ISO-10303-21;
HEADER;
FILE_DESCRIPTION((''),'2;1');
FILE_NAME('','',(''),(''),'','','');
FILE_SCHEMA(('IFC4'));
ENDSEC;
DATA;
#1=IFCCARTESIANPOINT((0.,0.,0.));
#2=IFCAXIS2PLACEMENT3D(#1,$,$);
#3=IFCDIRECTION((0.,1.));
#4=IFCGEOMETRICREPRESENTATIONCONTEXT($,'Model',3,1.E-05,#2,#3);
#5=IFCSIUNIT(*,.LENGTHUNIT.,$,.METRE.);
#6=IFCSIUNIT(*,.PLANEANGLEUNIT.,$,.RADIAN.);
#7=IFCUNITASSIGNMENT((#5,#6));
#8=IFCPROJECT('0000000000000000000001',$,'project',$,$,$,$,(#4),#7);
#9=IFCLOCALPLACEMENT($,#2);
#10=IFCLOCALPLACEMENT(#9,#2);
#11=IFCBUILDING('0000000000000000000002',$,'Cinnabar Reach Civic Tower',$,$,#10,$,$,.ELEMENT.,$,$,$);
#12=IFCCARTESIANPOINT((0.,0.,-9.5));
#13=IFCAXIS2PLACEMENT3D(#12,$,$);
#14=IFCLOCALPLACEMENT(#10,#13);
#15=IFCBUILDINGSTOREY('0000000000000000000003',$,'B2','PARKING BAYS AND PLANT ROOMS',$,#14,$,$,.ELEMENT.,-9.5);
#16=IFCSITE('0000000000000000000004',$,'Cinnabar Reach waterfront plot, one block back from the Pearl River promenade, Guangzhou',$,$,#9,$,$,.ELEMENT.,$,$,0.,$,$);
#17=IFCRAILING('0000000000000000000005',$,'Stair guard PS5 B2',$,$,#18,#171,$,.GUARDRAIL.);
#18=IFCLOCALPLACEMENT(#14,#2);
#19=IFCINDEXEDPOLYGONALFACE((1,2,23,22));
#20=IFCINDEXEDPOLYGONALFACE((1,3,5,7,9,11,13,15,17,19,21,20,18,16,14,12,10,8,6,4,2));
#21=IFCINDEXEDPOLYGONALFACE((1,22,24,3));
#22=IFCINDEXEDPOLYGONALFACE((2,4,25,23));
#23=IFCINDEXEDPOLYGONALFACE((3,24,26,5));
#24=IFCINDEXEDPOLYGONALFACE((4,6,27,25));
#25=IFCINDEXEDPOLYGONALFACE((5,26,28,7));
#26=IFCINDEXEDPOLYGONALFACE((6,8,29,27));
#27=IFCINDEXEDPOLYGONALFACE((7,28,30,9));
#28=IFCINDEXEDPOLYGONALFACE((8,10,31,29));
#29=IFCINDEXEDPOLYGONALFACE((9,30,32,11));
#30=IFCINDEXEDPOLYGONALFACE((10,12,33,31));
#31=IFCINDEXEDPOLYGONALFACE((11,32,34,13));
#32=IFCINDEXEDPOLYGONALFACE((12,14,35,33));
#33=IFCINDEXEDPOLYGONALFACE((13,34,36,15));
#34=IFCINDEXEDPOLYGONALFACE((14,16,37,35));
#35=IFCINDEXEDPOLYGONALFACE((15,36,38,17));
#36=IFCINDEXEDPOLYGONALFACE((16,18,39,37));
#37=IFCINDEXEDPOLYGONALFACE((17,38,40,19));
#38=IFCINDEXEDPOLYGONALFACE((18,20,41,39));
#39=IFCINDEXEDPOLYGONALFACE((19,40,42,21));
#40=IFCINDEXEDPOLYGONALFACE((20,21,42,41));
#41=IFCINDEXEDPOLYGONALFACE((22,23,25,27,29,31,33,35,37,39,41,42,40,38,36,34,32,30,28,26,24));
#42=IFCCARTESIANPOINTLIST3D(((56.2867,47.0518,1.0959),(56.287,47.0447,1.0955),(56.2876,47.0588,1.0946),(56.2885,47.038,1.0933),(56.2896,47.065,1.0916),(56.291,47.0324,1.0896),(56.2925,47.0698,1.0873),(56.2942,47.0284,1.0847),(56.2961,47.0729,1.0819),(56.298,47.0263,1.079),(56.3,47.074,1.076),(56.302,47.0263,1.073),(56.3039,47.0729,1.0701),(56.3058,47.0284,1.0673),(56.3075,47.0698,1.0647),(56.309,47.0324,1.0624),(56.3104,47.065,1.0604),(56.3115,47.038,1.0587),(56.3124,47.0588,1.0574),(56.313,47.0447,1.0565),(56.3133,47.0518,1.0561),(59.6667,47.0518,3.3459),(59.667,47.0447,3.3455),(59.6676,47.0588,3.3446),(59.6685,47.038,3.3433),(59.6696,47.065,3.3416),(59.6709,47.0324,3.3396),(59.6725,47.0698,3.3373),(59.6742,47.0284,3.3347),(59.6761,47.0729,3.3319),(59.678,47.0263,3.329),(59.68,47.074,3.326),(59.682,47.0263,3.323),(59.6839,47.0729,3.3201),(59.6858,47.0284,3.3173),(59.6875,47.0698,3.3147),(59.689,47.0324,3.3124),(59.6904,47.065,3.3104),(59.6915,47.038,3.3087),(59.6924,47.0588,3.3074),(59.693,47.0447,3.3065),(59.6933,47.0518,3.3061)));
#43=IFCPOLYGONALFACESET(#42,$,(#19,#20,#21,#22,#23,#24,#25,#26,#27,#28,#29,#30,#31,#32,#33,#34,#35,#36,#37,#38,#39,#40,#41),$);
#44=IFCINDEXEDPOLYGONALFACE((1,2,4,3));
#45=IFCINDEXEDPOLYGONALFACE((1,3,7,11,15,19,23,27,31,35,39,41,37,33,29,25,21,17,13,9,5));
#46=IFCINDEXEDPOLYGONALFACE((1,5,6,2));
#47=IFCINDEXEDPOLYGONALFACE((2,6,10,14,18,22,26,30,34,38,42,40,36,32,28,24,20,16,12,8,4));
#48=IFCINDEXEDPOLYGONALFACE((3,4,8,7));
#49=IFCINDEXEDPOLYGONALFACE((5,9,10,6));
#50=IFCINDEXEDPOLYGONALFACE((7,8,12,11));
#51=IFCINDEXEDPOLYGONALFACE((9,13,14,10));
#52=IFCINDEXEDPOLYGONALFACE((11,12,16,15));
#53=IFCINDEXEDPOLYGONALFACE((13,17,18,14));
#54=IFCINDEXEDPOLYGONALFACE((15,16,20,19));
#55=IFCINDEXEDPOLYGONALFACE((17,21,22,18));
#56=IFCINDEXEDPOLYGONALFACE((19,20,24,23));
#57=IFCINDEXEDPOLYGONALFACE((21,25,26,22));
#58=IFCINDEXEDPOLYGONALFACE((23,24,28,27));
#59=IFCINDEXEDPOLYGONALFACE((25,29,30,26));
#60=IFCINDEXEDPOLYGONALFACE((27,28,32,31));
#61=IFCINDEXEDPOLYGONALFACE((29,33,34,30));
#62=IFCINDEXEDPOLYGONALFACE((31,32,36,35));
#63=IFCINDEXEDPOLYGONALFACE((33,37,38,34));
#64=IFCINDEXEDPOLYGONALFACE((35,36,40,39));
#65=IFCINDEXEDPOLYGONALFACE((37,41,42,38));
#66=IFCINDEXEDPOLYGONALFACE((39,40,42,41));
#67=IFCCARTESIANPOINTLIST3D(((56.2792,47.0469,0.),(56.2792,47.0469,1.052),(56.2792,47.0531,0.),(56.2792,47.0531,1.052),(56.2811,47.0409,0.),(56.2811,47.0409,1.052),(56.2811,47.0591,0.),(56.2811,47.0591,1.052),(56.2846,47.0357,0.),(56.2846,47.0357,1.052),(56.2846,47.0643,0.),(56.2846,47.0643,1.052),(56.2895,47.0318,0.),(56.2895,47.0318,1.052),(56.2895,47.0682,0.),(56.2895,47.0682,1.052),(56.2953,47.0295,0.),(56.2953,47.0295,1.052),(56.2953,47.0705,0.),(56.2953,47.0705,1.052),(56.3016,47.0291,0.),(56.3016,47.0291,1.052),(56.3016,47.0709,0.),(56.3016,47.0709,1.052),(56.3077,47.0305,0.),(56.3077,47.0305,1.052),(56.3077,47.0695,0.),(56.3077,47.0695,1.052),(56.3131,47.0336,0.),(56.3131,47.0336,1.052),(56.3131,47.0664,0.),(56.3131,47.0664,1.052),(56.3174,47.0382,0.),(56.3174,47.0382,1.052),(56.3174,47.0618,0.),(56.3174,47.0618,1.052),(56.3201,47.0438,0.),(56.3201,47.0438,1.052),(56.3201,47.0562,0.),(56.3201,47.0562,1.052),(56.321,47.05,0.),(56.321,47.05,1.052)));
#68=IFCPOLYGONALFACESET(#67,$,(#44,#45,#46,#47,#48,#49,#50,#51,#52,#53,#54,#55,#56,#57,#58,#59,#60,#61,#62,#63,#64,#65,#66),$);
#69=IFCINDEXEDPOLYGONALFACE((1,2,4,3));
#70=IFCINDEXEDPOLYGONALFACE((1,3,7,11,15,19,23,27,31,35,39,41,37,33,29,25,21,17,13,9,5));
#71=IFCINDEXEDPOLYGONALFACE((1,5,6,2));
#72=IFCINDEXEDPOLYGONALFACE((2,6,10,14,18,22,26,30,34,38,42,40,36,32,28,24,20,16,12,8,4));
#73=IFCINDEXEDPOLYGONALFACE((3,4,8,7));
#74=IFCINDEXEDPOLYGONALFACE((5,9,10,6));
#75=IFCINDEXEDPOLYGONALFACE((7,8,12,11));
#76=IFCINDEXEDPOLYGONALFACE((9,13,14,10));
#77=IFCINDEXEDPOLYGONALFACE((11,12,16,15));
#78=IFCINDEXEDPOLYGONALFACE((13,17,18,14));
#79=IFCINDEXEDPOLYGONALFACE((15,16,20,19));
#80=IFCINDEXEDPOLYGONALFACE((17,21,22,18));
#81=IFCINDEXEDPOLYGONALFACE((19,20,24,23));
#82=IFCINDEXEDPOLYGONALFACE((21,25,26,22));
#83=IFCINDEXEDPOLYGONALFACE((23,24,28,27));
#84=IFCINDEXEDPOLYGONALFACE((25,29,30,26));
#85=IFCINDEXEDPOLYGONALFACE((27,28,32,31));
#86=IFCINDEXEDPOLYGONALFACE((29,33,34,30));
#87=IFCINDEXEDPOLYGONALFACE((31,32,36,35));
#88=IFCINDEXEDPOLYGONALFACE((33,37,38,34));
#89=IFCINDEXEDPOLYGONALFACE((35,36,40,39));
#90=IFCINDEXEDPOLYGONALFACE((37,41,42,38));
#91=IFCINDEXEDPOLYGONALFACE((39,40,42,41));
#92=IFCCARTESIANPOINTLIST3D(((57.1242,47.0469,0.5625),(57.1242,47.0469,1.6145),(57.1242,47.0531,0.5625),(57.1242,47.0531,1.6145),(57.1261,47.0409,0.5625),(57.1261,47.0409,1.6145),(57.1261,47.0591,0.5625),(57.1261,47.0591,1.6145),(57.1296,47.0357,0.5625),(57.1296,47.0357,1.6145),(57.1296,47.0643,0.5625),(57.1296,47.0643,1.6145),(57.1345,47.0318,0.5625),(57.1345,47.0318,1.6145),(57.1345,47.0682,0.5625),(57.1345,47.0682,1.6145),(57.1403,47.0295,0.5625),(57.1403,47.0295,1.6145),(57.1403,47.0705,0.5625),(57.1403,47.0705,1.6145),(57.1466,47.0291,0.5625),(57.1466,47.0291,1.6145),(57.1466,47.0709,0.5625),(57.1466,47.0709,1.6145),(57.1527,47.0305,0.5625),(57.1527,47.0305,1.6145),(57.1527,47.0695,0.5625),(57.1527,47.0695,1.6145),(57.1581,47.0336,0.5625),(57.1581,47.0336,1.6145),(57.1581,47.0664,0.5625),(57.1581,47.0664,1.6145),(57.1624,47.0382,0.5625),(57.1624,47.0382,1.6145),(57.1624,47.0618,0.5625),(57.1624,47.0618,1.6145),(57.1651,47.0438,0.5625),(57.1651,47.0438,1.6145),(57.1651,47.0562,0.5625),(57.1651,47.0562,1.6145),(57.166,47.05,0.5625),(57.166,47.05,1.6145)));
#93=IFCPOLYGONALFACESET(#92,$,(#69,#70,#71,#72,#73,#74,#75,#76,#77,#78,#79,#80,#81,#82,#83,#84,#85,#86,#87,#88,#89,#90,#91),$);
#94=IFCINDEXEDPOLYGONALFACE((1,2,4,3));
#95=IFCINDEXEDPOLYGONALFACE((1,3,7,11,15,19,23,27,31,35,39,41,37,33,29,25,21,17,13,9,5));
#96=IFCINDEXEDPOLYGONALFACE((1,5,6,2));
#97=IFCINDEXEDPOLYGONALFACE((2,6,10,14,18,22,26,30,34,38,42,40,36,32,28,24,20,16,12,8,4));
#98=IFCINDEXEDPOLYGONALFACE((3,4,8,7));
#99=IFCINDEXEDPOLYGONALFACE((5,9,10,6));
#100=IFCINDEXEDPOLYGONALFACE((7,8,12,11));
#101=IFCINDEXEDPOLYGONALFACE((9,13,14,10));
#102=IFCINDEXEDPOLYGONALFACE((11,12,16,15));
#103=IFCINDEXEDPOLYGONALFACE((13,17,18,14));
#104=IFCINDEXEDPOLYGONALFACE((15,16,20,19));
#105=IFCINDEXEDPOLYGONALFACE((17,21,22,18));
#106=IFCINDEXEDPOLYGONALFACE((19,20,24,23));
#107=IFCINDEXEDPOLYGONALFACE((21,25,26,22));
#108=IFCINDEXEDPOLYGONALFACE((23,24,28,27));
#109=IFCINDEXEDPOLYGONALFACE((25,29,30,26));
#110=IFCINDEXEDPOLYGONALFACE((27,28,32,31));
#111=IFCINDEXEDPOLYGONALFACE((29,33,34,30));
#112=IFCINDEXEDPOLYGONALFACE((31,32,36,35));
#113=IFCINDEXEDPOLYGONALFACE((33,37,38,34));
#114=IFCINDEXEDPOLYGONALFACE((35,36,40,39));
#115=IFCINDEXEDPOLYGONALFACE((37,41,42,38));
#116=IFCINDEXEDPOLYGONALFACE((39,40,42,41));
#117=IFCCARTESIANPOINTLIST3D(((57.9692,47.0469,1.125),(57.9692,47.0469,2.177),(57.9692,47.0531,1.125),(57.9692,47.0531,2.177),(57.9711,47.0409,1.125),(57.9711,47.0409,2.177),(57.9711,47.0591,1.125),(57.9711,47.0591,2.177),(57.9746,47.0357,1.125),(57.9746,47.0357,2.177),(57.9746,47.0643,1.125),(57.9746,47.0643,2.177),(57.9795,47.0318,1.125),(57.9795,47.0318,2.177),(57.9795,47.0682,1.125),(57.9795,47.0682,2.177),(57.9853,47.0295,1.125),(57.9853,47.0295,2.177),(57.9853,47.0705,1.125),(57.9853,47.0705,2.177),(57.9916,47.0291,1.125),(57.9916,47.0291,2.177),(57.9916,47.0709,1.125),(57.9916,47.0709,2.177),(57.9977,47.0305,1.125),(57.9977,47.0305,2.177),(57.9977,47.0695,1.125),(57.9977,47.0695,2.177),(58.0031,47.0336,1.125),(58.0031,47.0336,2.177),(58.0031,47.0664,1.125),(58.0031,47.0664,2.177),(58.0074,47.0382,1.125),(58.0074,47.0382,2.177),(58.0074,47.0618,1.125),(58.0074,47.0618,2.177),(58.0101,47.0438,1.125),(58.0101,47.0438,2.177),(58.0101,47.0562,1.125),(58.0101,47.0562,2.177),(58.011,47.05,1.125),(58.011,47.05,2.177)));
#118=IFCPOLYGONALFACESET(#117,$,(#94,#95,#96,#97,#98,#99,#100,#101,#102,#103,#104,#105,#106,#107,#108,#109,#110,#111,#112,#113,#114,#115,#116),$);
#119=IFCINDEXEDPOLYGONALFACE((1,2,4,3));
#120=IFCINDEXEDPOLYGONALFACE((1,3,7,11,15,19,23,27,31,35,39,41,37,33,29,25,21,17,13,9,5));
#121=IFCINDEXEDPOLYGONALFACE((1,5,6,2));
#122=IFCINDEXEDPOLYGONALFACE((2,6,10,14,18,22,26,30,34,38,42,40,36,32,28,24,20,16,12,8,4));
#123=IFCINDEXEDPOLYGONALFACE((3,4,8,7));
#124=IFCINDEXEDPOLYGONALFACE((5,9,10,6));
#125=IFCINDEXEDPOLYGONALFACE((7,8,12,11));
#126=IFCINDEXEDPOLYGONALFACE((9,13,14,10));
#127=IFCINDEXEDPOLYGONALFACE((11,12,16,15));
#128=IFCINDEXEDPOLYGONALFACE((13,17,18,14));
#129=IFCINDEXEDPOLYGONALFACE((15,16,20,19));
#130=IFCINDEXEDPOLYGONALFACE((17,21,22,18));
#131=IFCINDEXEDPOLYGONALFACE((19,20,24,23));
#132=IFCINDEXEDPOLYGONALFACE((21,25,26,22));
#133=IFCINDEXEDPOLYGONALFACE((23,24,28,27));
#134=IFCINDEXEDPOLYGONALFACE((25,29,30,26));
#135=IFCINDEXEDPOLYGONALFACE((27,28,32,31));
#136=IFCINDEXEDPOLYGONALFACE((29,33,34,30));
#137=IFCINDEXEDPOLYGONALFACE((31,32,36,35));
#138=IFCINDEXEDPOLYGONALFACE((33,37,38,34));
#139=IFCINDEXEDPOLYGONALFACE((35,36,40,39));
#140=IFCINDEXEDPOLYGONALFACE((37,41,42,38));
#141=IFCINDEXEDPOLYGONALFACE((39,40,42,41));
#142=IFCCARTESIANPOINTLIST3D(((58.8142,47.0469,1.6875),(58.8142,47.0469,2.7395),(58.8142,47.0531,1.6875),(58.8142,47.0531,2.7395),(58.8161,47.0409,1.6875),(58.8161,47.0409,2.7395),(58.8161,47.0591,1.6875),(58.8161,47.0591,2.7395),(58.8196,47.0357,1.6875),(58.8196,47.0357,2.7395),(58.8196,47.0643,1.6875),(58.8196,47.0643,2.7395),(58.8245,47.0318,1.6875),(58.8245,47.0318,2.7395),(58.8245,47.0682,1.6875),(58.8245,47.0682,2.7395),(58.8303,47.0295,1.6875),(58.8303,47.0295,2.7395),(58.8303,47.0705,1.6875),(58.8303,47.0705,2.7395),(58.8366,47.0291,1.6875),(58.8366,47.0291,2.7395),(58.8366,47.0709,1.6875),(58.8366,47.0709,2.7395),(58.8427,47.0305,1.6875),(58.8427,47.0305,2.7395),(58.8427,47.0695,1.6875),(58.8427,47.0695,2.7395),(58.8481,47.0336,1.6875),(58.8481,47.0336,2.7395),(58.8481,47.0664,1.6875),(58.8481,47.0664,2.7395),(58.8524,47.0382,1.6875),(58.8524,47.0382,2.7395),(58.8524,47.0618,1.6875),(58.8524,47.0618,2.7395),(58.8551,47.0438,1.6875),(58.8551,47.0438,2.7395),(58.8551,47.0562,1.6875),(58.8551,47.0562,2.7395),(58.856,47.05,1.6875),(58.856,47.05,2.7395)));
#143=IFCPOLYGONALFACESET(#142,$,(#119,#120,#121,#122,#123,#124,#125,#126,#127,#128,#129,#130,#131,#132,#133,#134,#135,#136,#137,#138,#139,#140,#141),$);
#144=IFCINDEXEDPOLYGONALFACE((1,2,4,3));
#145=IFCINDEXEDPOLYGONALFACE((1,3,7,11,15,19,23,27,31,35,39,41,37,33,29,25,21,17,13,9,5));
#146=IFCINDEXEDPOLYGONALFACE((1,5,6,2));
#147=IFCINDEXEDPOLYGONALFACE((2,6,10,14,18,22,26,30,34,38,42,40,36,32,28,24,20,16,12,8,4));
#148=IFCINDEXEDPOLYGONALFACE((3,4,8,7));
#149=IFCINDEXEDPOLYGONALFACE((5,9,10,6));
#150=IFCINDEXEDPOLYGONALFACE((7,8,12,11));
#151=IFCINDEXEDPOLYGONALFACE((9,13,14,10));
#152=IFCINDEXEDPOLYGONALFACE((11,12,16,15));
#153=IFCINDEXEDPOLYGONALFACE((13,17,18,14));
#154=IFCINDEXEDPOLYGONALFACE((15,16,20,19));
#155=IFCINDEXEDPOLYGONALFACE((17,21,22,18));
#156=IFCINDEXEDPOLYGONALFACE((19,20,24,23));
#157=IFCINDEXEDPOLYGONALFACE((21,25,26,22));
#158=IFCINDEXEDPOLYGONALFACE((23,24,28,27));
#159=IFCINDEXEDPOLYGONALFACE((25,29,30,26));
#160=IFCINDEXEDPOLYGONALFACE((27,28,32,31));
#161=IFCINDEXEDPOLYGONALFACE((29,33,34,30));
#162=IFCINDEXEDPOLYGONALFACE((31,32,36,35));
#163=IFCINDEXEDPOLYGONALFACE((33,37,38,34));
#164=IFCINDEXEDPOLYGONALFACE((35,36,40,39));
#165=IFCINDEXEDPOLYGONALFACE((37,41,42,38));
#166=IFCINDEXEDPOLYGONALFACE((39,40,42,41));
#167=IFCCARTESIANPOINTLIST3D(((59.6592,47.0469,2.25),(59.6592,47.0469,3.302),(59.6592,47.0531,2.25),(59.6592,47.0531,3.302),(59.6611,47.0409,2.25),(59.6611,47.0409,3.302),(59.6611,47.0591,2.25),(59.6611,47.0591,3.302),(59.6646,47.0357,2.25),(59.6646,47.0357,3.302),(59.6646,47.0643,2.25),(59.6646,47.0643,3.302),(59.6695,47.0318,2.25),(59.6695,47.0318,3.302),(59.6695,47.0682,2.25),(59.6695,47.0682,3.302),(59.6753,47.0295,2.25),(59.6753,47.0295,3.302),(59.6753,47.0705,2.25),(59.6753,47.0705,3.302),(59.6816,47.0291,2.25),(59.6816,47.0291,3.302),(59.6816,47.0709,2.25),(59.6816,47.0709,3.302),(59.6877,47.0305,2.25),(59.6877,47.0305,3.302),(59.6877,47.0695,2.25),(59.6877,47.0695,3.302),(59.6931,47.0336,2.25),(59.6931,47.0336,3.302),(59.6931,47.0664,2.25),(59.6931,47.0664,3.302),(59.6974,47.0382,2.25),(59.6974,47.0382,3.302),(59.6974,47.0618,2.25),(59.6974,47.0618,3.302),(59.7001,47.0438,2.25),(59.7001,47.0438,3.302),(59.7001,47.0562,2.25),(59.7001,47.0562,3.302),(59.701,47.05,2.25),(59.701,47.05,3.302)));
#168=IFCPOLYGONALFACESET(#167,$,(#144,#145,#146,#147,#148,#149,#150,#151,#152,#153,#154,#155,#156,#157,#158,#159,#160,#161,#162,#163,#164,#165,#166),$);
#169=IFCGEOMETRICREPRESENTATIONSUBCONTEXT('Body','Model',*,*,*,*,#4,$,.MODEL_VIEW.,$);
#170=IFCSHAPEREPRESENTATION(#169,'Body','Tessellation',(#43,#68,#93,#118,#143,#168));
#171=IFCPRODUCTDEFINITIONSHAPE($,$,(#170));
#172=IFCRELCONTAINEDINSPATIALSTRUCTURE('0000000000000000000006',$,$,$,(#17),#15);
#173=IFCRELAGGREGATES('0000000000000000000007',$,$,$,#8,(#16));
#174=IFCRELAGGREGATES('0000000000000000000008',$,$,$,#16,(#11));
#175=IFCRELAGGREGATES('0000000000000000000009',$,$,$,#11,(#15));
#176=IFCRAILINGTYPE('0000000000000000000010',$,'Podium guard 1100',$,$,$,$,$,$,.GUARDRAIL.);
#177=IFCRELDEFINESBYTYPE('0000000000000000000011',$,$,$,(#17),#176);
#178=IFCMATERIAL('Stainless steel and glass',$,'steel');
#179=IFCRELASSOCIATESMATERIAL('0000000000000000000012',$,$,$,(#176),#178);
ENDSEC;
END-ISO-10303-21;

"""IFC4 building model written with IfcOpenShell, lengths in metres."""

from ifc_helpers import new_model, si_unit, direction, frame, origin, origin_2d, place, context, subcontext, project, spatial, circle, extrude, material, type_object, element, save


model = new_model("IFC4")

# Units and contexts
model_context = context("Model", 3, precision=1e-05, world=origin(), true_north=direction((0.0, 1.0)))
body_context = subcontext(model_context, "Body", "Model", "MODEL_VIEW")
ifc_project = project(units=[si_unit("LENGTHUNIT", "METRE"), si_unit("PLANEANGLEUNIT", "RADIAN")], contexts=[model_context])

# Site, building, storey
site_placement = place(None, origin())
site = spatial("IfcSite", under=ifc_project, at=site_placement, Name="Cinnabar Reach waterfront plot, one block back from the Pearl River promenade, Guangzhou", CompositionType="ELEMENT", RefElevation=0.0)
building_placement = place(site_placement, origin())
building = spatial("IfcBuilding", under=site, at=building_placement, Name="Cinnabar Reach Civic Tower", CompositionType="ELEMENT")
storey_placement = place(building_placement, frame((0.0, 0.0, -9.5)))
storey = spatial("IfcBuildingStorey", under=building, at=storey_placement, Name="B2", Description="PARKING BAYS AND PLANT ROOMS", CompositionType="ELEMENT", Elevation=-9.5)

# Railing
ifc_material_1 = material(Name="Stainless steel and glass", Category="steel")
railing_type_1 = type_object("IfcRailingType", Name="Podium guard 1100", PredefinedType="GUARDRAIL", material=ifc_material_1)
railing_1_placement = place(storey_placement, frame((56.3, 47.05, 0.0)))
element("IfcRailing", 1, at=railing_1_placement, inside=storey, type_object=railing_type_1, Name="Stair guard PS5 B2", PredefinedType="GUARDRAIL", context=body_context, shape_type="SweptSolid", body=[
    extrude(circle(Radius=0.024, at=origin_2d()), frame((0.0, 0.0, 1.076), z_axis=(0.832429, 0.0, 0.554132), x_axis=(0.0, 1.0, 0.0)), (0.0, 0.0, 1.0), 4.0604),
    extrude(circle(Radius=0.021, at=origin_2d()), origin(), (0.0, 0.0, 1.0), 1.052),
    extrude(circle(Radius=0.021, at=origin_2d()), frame((0.845, 0.0, 0.5625)), (0.0, 0.0, 1.0), 1.052),
    extrude(circle(Radius=0.021, at=origin_2d()), frame((1.69, 0.0, 1.125)), (0.0, 0.0, 1.0), 1.052),
    extrude(circle(Radius=0.021, at=origin_2d()), frame((2.535, 0.0, 1.6875)), (0.0, 0.0, 1.0), 1.052),
    extrude(circle(Radius=0.021, at=origin_2d()), frame((3.38, 0.0, 2.25)), (0.0, 0.0, 1.0), 1.052),
])

save(model, "model.ifc")
